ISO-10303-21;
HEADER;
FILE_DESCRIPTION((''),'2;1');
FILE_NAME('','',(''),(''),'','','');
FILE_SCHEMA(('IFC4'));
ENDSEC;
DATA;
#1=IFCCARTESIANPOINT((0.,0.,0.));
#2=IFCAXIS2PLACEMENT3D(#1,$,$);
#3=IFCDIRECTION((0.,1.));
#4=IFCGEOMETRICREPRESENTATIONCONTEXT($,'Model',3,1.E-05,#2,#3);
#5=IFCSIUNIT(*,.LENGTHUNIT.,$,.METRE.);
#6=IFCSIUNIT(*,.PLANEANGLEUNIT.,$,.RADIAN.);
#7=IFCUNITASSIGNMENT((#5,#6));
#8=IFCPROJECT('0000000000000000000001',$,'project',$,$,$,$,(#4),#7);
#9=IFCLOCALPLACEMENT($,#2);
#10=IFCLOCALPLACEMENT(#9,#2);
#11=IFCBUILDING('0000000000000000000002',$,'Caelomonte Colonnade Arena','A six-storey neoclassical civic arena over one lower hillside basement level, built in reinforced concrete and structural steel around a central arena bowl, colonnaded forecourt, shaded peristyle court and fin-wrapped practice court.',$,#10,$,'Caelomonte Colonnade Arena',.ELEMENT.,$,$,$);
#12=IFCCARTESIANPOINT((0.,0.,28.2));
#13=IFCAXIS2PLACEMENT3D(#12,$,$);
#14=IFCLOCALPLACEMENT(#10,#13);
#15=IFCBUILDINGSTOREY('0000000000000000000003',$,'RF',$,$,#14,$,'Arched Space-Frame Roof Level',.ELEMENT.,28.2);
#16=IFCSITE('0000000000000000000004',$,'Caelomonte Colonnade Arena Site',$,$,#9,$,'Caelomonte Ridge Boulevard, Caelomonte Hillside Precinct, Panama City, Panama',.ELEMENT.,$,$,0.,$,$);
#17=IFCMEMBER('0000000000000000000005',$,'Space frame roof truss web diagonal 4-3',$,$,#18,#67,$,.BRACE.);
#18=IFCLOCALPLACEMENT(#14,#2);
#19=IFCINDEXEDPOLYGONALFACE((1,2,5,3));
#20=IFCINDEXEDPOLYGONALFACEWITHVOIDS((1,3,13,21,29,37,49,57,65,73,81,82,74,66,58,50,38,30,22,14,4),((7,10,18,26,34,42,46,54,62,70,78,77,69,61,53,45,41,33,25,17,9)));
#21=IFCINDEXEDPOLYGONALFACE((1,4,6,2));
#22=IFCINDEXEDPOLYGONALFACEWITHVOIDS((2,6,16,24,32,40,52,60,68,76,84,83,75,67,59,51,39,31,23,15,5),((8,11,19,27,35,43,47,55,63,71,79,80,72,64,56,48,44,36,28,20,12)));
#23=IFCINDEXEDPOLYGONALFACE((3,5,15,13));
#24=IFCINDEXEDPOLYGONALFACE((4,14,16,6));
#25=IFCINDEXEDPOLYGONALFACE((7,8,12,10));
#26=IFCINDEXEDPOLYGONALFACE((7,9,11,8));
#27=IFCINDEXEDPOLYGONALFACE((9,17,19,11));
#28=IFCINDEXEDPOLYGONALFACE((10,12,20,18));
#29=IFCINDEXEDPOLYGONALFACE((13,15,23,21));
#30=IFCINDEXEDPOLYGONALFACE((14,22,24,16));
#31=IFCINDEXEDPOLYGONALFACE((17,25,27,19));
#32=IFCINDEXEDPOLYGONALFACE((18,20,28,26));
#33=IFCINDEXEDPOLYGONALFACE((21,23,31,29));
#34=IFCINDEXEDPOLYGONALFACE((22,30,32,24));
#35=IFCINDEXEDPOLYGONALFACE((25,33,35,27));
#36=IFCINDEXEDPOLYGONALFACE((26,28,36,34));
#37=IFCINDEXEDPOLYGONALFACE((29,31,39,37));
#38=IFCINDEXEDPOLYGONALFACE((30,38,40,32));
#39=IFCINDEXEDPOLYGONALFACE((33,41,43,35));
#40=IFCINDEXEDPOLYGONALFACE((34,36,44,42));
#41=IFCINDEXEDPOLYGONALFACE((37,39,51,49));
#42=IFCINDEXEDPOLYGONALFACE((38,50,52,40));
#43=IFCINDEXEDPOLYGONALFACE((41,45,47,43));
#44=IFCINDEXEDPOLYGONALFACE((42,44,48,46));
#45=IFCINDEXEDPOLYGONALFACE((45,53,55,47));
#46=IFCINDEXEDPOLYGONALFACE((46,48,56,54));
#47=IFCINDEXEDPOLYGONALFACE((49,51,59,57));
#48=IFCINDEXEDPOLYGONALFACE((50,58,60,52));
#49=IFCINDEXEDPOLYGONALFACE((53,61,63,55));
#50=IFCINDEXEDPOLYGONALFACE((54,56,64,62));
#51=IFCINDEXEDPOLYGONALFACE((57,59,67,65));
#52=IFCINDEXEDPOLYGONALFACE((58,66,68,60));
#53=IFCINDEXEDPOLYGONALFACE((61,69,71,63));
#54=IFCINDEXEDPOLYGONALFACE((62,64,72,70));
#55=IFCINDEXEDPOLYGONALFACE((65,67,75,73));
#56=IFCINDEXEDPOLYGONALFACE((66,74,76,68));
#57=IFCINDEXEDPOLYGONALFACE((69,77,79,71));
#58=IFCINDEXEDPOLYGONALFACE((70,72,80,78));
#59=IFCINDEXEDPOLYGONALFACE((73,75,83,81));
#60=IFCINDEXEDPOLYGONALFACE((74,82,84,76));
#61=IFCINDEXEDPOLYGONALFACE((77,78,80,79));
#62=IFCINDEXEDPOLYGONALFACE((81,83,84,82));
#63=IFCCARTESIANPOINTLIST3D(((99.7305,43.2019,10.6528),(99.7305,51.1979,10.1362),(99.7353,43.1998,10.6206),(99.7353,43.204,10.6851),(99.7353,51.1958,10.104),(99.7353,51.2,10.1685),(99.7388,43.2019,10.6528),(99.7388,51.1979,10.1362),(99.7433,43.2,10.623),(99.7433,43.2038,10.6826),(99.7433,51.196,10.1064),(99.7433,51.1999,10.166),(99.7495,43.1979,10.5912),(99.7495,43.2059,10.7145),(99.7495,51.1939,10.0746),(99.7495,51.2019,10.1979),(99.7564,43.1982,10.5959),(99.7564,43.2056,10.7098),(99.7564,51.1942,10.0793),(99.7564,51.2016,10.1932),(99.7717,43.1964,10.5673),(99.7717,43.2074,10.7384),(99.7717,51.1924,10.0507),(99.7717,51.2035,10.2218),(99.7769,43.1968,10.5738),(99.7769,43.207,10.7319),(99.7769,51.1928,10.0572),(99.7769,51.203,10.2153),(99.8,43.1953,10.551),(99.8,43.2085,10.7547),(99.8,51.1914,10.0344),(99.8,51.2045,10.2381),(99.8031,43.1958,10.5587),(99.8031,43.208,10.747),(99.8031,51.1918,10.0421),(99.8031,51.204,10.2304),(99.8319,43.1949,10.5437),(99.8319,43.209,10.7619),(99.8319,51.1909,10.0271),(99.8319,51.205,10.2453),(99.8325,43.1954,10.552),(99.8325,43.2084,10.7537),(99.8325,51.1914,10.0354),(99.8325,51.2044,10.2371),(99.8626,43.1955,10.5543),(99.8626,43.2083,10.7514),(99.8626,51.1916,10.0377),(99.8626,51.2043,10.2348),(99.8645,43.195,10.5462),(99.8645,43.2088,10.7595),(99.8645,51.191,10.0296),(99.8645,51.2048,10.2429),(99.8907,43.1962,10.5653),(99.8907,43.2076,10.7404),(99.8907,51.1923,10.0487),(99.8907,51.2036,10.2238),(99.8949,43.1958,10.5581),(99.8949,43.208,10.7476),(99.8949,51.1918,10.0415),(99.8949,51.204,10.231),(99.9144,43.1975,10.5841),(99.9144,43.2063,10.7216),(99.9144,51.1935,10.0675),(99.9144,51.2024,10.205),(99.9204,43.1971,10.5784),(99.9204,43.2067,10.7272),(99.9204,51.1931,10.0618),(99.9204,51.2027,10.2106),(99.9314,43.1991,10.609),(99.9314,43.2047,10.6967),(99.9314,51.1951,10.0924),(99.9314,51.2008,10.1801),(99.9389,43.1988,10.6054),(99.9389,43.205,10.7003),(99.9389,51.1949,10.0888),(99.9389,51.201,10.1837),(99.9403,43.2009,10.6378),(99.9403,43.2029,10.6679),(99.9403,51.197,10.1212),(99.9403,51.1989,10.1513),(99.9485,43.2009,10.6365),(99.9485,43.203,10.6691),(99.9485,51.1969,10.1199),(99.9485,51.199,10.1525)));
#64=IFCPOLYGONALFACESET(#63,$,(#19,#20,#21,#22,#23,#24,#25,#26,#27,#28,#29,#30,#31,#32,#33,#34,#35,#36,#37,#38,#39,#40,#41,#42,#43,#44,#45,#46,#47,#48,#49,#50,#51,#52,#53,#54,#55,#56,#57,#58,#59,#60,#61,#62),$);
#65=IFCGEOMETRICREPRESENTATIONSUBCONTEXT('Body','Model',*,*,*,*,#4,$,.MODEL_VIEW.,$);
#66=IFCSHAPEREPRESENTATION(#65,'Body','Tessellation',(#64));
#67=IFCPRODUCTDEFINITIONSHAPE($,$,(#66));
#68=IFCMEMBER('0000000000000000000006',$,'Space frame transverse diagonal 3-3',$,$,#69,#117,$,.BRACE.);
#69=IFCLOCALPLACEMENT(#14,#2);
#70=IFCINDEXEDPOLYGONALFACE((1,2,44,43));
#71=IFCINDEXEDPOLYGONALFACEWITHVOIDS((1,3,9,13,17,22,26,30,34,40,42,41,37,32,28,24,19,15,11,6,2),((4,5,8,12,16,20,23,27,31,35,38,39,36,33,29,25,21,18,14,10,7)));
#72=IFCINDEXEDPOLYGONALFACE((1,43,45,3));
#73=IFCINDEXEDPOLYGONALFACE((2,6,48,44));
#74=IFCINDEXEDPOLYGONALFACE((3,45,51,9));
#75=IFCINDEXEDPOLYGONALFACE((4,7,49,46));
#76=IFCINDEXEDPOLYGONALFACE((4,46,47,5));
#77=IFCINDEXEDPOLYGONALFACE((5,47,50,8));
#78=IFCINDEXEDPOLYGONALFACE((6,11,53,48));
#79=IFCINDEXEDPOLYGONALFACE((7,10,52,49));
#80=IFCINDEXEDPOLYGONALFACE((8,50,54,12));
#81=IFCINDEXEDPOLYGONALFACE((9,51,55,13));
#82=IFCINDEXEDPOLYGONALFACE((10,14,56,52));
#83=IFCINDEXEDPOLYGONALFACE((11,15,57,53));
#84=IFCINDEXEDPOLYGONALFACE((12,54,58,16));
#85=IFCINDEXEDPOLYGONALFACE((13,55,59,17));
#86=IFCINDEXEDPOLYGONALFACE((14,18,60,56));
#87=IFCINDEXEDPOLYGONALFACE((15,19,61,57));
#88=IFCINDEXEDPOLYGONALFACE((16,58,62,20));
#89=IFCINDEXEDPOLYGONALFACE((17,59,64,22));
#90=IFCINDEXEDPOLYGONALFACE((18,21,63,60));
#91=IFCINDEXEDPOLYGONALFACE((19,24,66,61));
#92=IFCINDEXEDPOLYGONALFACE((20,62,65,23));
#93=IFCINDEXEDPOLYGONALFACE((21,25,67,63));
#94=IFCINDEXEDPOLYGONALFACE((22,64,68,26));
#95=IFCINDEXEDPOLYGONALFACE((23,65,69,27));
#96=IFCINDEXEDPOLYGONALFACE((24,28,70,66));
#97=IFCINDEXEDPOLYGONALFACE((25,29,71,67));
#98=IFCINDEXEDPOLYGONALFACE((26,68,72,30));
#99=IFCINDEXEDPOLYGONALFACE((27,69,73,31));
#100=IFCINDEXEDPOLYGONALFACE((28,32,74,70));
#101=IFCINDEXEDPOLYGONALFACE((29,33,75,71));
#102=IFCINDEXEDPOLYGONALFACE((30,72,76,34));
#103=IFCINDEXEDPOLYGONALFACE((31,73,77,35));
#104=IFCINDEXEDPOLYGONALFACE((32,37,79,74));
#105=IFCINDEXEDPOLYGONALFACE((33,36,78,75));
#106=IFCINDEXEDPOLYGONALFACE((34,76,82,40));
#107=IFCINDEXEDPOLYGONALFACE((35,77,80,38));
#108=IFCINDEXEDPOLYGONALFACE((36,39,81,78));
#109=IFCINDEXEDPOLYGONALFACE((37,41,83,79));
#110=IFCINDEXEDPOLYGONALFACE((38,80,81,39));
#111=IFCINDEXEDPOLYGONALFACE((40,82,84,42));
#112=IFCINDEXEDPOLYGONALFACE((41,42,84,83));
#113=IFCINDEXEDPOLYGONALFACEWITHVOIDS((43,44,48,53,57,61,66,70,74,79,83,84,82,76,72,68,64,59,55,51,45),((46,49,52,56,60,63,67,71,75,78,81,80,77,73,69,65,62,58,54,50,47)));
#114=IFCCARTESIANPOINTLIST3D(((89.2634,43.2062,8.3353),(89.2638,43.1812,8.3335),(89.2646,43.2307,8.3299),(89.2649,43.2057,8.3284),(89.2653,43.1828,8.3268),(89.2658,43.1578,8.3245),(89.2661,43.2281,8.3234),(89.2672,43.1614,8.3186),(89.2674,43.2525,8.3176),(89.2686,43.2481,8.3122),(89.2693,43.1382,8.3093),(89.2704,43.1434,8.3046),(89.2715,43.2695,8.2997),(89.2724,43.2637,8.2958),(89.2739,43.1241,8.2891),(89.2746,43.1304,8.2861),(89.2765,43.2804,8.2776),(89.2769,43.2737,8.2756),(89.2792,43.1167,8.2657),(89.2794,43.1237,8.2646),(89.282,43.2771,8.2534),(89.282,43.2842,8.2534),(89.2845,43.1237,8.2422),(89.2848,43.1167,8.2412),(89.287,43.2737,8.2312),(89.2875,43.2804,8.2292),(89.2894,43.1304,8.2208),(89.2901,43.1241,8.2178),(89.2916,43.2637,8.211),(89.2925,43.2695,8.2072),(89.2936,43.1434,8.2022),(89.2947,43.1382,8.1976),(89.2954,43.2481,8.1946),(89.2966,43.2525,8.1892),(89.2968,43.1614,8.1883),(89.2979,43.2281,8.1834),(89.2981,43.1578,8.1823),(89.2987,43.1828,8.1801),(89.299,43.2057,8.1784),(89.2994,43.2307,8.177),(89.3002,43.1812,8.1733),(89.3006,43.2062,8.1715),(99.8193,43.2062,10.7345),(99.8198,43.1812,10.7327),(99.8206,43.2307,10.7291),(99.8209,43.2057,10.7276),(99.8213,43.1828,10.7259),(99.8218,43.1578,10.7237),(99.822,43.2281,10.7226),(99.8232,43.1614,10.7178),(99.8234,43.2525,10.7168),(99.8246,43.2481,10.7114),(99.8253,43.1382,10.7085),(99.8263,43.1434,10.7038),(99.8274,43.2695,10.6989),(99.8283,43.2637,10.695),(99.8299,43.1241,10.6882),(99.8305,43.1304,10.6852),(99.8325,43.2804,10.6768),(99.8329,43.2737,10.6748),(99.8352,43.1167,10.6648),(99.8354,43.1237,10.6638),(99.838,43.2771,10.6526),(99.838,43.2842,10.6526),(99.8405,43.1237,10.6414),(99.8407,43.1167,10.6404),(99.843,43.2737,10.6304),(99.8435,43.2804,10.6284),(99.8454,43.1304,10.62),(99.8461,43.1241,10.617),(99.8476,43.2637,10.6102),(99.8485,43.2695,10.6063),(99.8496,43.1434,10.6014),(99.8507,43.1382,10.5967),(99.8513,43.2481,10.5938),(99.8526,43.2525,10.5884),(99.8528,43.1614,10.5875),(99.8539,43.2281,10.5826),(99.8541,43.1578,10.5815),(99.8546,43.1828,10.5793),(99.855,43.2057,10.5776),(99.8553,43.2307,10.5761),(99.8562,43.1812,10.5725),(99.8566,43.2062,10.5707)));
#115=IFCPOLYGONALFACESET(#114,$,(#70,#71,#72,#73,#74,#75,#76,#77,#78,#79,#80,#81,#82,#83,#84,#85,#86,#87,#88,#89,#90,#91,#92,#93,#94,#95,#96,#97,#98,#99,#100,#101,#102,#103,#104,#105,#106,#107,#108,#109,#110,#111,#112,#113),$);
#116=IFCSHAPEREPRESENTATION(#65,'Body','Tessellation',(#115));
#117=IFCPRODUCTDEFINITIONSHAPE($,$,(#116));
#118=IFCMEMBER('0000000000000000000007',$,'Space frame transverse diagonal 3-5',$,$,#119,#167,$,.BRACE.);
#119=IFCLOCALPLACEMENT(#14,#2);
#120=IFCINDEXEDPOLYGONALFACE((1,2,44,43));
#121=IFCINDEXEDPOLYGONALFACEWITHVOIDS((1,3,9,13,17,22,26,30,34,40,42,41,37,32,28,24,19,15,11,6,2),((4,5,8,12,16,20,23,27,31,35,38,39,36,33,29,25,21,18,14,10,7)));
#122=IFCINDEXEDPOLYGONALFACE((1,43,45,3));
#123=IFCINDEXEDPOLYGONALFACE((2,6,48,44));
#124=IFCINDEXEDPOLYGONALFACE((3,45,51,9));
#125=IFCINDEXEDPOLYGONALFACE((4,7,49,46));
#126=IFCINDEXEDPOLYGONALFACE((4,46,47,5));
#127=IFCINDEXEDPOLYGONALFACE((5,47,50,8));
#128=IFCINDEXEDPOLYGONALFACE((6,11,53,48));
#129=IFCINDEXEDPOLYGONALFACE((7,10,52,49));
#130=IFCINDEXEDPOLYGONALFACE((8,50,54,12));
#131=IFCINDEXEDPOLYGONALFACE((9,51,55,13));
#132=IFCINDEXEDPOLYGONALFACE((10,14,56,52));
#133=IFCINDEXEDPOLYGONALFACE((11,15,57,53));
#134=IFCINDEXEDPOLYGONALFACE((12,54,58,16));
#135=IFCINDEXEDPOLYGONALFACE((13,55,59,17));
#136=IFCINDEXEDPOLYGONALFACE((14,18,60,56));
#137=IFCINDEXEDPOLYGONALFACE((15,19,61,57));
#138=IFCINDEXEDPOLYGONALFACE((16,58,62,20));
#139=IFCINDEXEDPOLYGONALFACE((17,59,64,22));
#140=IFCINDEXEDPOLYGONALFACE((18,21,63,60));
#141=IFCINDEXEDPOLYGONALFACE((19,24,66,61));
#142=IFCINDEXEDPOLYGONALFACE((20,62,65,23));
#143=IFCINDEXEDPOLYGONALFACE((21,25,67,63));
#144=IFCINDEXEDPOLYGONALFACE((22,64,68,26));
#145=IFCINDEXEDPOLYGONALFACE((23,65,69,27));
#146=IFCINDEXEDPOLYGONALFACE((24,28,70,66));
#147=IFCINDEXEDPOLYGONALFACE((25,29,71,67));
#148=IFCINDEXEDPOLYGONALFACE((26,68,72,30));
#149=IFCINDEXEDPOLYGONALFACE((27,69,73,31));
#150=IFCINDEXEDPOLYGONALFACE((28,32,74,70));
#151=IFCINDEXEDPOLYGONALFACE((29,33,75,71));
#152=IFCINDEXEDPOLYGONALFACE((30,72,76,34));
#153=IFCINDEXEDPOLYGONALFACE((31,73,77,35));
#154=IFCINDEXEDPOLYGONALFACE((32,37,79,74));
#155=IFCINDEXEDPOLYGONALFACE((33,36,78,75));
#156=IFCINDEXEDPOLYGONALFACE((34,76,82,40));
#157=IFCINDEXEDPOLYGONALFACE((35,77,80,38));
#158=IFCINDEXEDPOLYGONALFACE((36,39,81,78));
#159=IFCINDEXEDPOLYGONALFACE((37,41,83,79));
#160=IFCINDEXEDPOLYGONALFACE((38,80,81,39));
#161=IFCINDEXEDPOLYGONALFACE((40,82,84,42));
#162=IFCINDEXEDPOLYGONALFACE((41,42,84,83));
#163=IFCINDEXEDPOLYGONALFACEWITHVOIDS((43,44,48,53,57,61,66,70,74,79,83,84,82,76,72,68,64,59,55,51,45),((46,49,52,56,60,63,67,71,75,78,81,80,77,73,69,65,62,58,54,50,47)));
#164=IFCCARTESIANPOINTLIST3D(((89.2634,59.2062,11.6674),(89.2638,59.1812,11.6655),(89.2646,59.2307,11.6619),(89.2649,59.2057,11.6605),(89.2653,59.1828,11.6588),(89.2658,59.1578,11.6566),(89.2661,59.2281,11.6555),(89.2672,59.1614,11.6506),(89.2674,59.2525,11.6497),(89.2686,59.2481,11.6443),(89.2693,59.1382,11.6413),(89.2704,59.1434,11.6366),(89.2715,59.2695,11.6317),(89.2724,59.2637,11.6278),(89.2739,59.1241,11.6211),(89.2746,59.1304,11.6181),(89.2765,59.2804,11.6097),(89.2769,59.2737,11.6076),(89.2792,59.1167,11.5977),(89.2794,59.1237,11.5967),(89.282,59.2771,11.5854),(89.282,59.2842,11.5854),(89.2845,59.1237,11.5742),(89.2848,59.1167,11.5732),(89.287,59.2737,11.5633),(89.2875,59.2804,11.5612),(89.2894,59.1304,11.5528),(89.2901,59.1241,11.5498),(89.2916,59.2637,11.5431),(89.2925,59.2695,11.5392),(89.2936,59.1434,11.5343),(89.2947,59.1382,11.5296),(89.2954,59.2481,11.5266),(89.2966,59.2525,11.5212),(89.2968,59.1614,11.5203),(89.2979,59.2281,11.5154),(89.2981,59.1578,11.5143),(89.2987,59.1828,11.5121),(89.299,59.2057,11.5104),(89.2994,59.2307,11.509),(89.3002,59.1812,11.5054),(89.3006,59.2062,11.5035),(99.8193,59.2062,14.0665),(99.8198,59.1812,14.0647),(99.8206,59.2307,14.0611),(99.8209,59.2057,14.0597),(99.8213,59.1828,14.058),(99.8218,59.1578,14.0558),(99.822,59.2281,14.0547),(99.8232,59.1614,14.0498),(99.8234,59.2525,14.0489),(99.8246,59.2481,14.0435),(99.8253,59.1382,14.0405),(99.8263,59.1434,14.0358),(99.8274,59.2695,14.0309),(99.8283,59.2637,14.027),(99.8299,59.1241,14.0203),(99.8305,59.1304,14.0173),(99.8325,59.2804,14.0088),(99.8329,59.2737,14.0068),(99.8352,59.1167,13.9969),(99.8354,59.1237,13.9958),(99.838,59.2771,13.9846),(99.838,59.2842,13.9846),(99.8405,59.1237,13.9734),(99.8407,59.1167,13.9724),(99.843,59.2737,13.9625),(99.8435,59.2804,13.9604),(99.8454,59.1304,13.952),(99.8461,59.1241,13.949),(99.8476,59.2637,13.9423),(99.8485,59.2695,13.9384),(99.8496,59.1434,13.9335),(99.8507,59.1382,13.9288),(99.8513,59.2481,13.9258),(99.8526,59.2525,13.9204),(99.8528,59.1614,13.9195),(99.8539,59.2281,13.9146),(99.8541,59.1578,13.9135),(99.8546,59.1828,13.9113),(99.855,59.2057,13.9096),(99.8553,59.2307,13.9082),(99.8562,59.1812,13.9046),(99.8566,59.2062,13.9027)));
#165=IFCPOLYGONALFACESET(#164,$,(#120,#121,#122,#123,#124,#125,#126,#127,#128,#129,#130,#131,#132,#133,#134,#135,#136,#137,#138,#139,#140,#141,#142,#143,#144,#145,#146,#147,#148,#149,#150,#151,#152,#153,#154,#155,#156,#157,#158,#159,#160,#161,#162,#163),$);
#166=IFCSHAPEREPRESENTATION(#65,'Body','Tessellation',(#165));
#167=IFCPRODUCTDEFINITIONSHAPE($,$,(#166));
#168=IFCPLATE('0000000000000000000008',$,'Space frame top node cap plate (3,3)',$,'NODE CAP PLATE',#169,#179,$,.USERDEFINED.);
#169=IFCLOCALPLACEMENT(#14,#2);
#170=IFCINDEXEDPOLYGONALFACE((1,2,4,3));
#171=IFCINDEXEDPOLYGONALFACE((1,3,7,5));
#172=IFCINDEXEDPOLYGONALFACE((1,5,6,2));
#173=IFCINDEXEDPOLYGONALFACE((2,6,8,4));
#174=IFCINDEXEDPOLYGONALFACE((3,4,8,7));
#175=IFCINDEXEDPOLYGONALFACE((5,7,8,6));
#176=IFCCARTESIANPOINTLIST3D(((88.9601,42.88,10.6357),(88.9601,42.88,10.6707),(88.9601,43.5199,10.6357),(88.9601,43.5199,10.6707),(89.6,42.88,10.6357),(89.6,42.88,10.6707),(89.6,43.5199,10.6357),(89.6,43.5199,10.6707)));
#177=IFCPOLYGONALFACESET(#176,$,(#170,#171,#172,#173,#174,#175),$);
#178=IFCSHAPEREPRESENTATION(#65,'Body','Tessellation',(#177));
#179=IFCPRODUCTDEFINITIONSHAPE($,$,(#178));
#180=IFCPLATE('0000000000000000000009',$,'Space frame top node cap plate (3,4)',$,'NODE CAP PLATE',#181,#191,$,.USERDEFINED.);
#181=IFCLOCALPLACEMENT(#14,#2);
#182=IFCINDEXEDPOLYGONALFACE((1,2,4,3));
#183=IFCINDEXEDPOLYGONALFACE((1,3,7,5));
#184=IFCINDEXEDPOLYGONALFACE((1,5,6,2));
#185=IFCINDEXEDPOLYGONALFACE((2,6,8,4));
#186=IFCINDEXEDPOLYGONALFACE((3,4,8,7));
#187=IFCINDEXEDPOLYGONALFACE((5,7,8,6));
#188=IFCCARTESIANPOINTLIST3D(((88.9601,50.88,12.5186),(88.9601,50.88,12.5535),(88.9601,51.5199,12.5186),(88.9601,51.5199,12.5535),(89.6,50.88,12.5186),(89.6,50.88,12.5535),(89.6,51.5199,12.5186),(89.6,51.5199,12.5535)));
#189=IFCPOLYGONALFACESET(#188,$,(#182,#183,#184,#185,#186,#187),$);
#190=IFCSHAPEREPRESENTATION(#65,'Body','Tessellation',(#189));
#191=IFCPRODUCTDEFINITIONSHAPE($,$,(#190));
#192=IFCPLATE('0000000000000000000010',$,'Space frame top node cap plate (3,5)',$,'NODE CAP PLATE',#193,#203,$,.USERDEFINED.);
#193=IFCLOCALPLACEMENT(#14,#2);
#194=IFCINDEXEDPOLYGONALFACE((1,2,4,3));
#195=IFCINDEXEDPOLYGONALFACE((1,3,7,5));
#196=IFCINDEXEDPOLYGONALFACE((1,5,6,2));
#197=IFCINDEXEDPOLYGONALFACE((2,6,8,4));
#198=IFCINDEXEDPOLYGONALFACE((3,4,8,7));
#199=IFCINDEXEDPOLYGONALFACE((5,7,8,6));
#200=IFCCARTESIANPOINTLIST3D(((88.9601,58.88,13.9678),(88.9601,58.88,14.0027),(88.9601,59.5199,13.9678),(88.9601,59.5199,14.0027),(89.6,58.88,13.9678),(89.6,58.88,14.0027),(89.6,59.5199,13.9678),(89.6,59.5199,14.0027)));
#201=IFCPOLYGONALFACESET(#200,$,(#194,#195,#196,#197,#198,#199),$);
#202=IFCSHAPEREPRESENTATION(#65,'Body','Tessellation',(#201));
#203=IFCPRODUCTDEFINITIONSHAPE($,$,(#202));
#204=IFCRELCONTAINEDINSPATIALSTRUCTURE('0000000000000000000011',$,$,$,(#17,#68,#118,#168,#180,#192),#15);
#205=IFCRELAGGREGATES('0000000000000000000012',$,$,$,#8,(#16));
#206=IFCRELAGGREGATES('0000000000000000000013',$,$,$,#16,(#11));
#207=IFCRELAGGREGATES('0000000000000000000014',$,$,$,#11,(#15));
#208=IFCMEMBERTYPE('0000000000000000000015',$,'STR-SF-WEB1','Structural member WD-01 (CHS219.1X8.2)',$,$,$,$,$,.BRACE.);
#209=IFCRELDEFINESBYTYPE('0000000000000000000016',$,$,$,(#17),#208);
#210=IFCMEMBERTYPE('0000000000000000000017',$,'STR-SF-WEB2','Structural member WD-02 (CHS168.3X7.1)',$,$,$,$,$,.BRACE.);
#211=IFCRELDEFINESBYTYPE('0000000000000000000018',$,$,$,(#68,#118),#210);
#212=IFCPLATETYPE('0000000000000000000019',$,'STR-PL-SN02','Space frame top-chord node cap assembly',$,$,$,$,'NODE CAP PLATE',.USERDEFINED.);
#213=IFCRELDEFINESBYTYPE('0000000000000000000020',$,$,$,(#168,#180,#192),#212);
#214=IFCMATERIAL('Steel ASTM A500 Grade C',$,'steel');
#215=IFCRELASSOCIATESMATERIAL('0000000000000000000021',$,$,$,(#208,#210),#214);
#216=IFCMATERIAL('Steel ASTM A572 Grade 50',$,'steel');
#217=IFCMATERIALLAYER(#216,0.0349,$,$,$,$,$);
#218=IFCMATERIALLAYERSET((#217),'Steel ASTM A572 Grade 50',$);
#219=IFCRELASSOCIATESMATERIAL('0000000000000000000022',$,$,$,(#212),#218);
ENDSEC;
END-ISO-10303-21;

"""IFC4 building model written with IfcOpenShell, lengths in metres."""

from ifc_helpers import new_model, si_unit, direction, frame, origin, origin_2d, place, context, subcontext, project, spatial, rectangle, hollow_circle, extrude, material, layer, layer_set, material_profile, profile_set, type_object, element, save


model = new_model("IFC4")

# Units and contexts
model_context = context("Model", 3, precision=1e-05, world=origin(), true_north=direction((0.0, 1.0)))
body_context = subcontext(model_context, "Body", "Model", "MODEL_VIEW")
ifc_project = project(units=[si_unit("LENGTHUNIT", "METRE"), si_unit("PLANEANGLEUNIT", "RADIAN")], contexts=[model_context])

# Site, building, storey
site_placement = place(None, origin())
site = spatial("IfcSite", under=ifc_project, at=site_placement, Name="Caelomonte Colonnade Arena Site", LongName="Caelomonte Ridge Boulevard, Caelomonte Hillside Precinct, Panama City, Panama", CompositionType="ELEMENT", RefElevation=0.0)
building_placement = place(site_placement, origin())
building = spatial("IfcBuilding", under=site, at=building_placement, Name="Caelomonte Colonnade Arena", Description="A six-storey neoclassical civic arena over one lower hillside basement level, built in reinforced concrete and structural steel around a central arena bowl, colonnaded forecourt, shaded peristyle court and fin-wrapped practice court.", LongName="Caelomonte Colonnade Arena", CompositionType="ELEMENT")
storey_placement = place(building_placement, frame((0.0, 0.0, 28.2)))
storey = spatial("IfcBuildingStorey", under=building, at=storey_placement, Name="RF", LongName="Arched Space-Frame Roof Level", CompositionType="ELEMENT", Elevation=28.2)

# Members
ifc_material_1 = material(Name="Steel ASTM A500 Grade C", Category="steel")
ifc_material_profile_1 = material_profile(ifc_material_1, hollow_circle(Radius=0.1096, WallThickness=0.0083, at=origin_2d()), Name="CHS219.1X8.2")
ifc_profile_set_1 = profile_set([ifc_material_profile_1], Name="Steel ASTM A500 Grade C")
member_type_1 = type_object("IfcMemberType", Name="STR-SF-WEB1", Description="Structural member WD-01 (CHS219.1X8.2)", PredefinedType="BRACE", material=ifc_profile_set_1)
member_1_placement = place(storey_placement, frame((99.8401, 43.2019, 10.6528), z_axis=(0.0, 0.997919, -0.064472), x_axis=(-1.0, 0.0, 0.0)))
element("IfcMember", 1, at=member_1_placement, inside=storey, type_object=member_type_1, Name="Space frame roof truss web diagonal 4-3", PredefinedType="BRACE", context=body_context, shape_type="SweptSolid", body=[
    extrude(hollow_circle(Radius=0.1096, WallThickness=0.0083, at=origin_2d()), origin(), (0.0, 0.0, 1.0), 8.0127),
])
ifc_material_profile_2 = material_profile(ifc_material_1, hollow_circle(Radius=0.0842, WallThickness=0.0071, at=origin_2d()), Name="CHS168.3X7.1")
ifc_profile_set_2 = profile_set([ifc_material_profile_2], Name="Steel ASTM A500 Grade C")
member_type_2 = type_object("IfcMemberType", Name="STR-SF-WEB2", Description="Structural member WD-02 (CHS168.3X7.1)", PredefinedType="BRACE", material=ifc_profile_set_2)
for number, where, z_axis, x_axis, name in (
    (2, (89.282, 43.2, 8.2534), (0.975131, 0.0, 0.22163), (0.0, 1.0, 0.0), "Space frame transverse diagonal 3-3"),
    (3, (89.282, 59.2, 11.5854), (0.975131, 0.0, 0.22163), (0.0, 1.0, 0.0), "Space frame transverse diagonal 3-5"),
):
    element("IfcMember", number, at=place(storey_placement, frame(where, z_axis=z_axis, x_axis=x_axis)), inside=storey, type_object=member_type_2, Name=name, PredefinedType="BRACE", context=body_context, shape_type="SweptSolid", body=[
        extrude(hollow_circle(Radius=0.0842, WallThickness=0.0071, at=origin_2d()), origin(), (0.0, 0.0, 1.0), 10.8252),
    ])

# Plates
ifc_material_2 = material(Name="Steel ASTM A572 Grade 50", Category="steel")
ifc_layer_1 = layer(ifc_material_2, 0.0349)
ifc_layer_set_1 = layer_set([ifc_layer_1], Name="Steel ASTM A572 Grade 50")
plate_type_1 = type_object("IfcPlateType", Name="STR-PL-SN02", Description="Space frame top-chord node cap assembly", ElementType="NODE CAP PLATE", PredefinedType="USERDEFINED", material=ifc_layer_set_1)
for number, where, z_axis, x_axis, name in (
    (4, (89.28, 43.2, 10.6357), (0.0, 0.0, 1.0), (1.0, 0.0, 0.0), "Space frame top node cap plate (3,3)"),
    (5, (89.28, 51.2, 12.5186), (0.0, 0.0, 1.0), (1.0, 0.0, 0.0), "Space frame top node cap plate (3,4)"),
    (6, (89.28, 59.2, 13.9678), (0.0, 0.0, 1.0), (1.0, 0.0, 0.0), "Space frame top node cap plate (3,5)"),
):
    element("IfcPlate", number, at=place(storey_placement, frame(where, z_axis=z_axis, x_axis=x_axis)), inside=storey, type_object=plate_type_1, Name=name, ObjectType="NODE CAP PLATE", PredefinedType="USERDEFINED", context=body_context, shape_type="SweptSolid", body=[
        extrude(rectangle(XDim=0.6399, YDim=0.6399, at=origin_2d()), origin(), (0.0, 0.0, 1.0), 0.0349),
    ])

save(model, "model.ifc")
